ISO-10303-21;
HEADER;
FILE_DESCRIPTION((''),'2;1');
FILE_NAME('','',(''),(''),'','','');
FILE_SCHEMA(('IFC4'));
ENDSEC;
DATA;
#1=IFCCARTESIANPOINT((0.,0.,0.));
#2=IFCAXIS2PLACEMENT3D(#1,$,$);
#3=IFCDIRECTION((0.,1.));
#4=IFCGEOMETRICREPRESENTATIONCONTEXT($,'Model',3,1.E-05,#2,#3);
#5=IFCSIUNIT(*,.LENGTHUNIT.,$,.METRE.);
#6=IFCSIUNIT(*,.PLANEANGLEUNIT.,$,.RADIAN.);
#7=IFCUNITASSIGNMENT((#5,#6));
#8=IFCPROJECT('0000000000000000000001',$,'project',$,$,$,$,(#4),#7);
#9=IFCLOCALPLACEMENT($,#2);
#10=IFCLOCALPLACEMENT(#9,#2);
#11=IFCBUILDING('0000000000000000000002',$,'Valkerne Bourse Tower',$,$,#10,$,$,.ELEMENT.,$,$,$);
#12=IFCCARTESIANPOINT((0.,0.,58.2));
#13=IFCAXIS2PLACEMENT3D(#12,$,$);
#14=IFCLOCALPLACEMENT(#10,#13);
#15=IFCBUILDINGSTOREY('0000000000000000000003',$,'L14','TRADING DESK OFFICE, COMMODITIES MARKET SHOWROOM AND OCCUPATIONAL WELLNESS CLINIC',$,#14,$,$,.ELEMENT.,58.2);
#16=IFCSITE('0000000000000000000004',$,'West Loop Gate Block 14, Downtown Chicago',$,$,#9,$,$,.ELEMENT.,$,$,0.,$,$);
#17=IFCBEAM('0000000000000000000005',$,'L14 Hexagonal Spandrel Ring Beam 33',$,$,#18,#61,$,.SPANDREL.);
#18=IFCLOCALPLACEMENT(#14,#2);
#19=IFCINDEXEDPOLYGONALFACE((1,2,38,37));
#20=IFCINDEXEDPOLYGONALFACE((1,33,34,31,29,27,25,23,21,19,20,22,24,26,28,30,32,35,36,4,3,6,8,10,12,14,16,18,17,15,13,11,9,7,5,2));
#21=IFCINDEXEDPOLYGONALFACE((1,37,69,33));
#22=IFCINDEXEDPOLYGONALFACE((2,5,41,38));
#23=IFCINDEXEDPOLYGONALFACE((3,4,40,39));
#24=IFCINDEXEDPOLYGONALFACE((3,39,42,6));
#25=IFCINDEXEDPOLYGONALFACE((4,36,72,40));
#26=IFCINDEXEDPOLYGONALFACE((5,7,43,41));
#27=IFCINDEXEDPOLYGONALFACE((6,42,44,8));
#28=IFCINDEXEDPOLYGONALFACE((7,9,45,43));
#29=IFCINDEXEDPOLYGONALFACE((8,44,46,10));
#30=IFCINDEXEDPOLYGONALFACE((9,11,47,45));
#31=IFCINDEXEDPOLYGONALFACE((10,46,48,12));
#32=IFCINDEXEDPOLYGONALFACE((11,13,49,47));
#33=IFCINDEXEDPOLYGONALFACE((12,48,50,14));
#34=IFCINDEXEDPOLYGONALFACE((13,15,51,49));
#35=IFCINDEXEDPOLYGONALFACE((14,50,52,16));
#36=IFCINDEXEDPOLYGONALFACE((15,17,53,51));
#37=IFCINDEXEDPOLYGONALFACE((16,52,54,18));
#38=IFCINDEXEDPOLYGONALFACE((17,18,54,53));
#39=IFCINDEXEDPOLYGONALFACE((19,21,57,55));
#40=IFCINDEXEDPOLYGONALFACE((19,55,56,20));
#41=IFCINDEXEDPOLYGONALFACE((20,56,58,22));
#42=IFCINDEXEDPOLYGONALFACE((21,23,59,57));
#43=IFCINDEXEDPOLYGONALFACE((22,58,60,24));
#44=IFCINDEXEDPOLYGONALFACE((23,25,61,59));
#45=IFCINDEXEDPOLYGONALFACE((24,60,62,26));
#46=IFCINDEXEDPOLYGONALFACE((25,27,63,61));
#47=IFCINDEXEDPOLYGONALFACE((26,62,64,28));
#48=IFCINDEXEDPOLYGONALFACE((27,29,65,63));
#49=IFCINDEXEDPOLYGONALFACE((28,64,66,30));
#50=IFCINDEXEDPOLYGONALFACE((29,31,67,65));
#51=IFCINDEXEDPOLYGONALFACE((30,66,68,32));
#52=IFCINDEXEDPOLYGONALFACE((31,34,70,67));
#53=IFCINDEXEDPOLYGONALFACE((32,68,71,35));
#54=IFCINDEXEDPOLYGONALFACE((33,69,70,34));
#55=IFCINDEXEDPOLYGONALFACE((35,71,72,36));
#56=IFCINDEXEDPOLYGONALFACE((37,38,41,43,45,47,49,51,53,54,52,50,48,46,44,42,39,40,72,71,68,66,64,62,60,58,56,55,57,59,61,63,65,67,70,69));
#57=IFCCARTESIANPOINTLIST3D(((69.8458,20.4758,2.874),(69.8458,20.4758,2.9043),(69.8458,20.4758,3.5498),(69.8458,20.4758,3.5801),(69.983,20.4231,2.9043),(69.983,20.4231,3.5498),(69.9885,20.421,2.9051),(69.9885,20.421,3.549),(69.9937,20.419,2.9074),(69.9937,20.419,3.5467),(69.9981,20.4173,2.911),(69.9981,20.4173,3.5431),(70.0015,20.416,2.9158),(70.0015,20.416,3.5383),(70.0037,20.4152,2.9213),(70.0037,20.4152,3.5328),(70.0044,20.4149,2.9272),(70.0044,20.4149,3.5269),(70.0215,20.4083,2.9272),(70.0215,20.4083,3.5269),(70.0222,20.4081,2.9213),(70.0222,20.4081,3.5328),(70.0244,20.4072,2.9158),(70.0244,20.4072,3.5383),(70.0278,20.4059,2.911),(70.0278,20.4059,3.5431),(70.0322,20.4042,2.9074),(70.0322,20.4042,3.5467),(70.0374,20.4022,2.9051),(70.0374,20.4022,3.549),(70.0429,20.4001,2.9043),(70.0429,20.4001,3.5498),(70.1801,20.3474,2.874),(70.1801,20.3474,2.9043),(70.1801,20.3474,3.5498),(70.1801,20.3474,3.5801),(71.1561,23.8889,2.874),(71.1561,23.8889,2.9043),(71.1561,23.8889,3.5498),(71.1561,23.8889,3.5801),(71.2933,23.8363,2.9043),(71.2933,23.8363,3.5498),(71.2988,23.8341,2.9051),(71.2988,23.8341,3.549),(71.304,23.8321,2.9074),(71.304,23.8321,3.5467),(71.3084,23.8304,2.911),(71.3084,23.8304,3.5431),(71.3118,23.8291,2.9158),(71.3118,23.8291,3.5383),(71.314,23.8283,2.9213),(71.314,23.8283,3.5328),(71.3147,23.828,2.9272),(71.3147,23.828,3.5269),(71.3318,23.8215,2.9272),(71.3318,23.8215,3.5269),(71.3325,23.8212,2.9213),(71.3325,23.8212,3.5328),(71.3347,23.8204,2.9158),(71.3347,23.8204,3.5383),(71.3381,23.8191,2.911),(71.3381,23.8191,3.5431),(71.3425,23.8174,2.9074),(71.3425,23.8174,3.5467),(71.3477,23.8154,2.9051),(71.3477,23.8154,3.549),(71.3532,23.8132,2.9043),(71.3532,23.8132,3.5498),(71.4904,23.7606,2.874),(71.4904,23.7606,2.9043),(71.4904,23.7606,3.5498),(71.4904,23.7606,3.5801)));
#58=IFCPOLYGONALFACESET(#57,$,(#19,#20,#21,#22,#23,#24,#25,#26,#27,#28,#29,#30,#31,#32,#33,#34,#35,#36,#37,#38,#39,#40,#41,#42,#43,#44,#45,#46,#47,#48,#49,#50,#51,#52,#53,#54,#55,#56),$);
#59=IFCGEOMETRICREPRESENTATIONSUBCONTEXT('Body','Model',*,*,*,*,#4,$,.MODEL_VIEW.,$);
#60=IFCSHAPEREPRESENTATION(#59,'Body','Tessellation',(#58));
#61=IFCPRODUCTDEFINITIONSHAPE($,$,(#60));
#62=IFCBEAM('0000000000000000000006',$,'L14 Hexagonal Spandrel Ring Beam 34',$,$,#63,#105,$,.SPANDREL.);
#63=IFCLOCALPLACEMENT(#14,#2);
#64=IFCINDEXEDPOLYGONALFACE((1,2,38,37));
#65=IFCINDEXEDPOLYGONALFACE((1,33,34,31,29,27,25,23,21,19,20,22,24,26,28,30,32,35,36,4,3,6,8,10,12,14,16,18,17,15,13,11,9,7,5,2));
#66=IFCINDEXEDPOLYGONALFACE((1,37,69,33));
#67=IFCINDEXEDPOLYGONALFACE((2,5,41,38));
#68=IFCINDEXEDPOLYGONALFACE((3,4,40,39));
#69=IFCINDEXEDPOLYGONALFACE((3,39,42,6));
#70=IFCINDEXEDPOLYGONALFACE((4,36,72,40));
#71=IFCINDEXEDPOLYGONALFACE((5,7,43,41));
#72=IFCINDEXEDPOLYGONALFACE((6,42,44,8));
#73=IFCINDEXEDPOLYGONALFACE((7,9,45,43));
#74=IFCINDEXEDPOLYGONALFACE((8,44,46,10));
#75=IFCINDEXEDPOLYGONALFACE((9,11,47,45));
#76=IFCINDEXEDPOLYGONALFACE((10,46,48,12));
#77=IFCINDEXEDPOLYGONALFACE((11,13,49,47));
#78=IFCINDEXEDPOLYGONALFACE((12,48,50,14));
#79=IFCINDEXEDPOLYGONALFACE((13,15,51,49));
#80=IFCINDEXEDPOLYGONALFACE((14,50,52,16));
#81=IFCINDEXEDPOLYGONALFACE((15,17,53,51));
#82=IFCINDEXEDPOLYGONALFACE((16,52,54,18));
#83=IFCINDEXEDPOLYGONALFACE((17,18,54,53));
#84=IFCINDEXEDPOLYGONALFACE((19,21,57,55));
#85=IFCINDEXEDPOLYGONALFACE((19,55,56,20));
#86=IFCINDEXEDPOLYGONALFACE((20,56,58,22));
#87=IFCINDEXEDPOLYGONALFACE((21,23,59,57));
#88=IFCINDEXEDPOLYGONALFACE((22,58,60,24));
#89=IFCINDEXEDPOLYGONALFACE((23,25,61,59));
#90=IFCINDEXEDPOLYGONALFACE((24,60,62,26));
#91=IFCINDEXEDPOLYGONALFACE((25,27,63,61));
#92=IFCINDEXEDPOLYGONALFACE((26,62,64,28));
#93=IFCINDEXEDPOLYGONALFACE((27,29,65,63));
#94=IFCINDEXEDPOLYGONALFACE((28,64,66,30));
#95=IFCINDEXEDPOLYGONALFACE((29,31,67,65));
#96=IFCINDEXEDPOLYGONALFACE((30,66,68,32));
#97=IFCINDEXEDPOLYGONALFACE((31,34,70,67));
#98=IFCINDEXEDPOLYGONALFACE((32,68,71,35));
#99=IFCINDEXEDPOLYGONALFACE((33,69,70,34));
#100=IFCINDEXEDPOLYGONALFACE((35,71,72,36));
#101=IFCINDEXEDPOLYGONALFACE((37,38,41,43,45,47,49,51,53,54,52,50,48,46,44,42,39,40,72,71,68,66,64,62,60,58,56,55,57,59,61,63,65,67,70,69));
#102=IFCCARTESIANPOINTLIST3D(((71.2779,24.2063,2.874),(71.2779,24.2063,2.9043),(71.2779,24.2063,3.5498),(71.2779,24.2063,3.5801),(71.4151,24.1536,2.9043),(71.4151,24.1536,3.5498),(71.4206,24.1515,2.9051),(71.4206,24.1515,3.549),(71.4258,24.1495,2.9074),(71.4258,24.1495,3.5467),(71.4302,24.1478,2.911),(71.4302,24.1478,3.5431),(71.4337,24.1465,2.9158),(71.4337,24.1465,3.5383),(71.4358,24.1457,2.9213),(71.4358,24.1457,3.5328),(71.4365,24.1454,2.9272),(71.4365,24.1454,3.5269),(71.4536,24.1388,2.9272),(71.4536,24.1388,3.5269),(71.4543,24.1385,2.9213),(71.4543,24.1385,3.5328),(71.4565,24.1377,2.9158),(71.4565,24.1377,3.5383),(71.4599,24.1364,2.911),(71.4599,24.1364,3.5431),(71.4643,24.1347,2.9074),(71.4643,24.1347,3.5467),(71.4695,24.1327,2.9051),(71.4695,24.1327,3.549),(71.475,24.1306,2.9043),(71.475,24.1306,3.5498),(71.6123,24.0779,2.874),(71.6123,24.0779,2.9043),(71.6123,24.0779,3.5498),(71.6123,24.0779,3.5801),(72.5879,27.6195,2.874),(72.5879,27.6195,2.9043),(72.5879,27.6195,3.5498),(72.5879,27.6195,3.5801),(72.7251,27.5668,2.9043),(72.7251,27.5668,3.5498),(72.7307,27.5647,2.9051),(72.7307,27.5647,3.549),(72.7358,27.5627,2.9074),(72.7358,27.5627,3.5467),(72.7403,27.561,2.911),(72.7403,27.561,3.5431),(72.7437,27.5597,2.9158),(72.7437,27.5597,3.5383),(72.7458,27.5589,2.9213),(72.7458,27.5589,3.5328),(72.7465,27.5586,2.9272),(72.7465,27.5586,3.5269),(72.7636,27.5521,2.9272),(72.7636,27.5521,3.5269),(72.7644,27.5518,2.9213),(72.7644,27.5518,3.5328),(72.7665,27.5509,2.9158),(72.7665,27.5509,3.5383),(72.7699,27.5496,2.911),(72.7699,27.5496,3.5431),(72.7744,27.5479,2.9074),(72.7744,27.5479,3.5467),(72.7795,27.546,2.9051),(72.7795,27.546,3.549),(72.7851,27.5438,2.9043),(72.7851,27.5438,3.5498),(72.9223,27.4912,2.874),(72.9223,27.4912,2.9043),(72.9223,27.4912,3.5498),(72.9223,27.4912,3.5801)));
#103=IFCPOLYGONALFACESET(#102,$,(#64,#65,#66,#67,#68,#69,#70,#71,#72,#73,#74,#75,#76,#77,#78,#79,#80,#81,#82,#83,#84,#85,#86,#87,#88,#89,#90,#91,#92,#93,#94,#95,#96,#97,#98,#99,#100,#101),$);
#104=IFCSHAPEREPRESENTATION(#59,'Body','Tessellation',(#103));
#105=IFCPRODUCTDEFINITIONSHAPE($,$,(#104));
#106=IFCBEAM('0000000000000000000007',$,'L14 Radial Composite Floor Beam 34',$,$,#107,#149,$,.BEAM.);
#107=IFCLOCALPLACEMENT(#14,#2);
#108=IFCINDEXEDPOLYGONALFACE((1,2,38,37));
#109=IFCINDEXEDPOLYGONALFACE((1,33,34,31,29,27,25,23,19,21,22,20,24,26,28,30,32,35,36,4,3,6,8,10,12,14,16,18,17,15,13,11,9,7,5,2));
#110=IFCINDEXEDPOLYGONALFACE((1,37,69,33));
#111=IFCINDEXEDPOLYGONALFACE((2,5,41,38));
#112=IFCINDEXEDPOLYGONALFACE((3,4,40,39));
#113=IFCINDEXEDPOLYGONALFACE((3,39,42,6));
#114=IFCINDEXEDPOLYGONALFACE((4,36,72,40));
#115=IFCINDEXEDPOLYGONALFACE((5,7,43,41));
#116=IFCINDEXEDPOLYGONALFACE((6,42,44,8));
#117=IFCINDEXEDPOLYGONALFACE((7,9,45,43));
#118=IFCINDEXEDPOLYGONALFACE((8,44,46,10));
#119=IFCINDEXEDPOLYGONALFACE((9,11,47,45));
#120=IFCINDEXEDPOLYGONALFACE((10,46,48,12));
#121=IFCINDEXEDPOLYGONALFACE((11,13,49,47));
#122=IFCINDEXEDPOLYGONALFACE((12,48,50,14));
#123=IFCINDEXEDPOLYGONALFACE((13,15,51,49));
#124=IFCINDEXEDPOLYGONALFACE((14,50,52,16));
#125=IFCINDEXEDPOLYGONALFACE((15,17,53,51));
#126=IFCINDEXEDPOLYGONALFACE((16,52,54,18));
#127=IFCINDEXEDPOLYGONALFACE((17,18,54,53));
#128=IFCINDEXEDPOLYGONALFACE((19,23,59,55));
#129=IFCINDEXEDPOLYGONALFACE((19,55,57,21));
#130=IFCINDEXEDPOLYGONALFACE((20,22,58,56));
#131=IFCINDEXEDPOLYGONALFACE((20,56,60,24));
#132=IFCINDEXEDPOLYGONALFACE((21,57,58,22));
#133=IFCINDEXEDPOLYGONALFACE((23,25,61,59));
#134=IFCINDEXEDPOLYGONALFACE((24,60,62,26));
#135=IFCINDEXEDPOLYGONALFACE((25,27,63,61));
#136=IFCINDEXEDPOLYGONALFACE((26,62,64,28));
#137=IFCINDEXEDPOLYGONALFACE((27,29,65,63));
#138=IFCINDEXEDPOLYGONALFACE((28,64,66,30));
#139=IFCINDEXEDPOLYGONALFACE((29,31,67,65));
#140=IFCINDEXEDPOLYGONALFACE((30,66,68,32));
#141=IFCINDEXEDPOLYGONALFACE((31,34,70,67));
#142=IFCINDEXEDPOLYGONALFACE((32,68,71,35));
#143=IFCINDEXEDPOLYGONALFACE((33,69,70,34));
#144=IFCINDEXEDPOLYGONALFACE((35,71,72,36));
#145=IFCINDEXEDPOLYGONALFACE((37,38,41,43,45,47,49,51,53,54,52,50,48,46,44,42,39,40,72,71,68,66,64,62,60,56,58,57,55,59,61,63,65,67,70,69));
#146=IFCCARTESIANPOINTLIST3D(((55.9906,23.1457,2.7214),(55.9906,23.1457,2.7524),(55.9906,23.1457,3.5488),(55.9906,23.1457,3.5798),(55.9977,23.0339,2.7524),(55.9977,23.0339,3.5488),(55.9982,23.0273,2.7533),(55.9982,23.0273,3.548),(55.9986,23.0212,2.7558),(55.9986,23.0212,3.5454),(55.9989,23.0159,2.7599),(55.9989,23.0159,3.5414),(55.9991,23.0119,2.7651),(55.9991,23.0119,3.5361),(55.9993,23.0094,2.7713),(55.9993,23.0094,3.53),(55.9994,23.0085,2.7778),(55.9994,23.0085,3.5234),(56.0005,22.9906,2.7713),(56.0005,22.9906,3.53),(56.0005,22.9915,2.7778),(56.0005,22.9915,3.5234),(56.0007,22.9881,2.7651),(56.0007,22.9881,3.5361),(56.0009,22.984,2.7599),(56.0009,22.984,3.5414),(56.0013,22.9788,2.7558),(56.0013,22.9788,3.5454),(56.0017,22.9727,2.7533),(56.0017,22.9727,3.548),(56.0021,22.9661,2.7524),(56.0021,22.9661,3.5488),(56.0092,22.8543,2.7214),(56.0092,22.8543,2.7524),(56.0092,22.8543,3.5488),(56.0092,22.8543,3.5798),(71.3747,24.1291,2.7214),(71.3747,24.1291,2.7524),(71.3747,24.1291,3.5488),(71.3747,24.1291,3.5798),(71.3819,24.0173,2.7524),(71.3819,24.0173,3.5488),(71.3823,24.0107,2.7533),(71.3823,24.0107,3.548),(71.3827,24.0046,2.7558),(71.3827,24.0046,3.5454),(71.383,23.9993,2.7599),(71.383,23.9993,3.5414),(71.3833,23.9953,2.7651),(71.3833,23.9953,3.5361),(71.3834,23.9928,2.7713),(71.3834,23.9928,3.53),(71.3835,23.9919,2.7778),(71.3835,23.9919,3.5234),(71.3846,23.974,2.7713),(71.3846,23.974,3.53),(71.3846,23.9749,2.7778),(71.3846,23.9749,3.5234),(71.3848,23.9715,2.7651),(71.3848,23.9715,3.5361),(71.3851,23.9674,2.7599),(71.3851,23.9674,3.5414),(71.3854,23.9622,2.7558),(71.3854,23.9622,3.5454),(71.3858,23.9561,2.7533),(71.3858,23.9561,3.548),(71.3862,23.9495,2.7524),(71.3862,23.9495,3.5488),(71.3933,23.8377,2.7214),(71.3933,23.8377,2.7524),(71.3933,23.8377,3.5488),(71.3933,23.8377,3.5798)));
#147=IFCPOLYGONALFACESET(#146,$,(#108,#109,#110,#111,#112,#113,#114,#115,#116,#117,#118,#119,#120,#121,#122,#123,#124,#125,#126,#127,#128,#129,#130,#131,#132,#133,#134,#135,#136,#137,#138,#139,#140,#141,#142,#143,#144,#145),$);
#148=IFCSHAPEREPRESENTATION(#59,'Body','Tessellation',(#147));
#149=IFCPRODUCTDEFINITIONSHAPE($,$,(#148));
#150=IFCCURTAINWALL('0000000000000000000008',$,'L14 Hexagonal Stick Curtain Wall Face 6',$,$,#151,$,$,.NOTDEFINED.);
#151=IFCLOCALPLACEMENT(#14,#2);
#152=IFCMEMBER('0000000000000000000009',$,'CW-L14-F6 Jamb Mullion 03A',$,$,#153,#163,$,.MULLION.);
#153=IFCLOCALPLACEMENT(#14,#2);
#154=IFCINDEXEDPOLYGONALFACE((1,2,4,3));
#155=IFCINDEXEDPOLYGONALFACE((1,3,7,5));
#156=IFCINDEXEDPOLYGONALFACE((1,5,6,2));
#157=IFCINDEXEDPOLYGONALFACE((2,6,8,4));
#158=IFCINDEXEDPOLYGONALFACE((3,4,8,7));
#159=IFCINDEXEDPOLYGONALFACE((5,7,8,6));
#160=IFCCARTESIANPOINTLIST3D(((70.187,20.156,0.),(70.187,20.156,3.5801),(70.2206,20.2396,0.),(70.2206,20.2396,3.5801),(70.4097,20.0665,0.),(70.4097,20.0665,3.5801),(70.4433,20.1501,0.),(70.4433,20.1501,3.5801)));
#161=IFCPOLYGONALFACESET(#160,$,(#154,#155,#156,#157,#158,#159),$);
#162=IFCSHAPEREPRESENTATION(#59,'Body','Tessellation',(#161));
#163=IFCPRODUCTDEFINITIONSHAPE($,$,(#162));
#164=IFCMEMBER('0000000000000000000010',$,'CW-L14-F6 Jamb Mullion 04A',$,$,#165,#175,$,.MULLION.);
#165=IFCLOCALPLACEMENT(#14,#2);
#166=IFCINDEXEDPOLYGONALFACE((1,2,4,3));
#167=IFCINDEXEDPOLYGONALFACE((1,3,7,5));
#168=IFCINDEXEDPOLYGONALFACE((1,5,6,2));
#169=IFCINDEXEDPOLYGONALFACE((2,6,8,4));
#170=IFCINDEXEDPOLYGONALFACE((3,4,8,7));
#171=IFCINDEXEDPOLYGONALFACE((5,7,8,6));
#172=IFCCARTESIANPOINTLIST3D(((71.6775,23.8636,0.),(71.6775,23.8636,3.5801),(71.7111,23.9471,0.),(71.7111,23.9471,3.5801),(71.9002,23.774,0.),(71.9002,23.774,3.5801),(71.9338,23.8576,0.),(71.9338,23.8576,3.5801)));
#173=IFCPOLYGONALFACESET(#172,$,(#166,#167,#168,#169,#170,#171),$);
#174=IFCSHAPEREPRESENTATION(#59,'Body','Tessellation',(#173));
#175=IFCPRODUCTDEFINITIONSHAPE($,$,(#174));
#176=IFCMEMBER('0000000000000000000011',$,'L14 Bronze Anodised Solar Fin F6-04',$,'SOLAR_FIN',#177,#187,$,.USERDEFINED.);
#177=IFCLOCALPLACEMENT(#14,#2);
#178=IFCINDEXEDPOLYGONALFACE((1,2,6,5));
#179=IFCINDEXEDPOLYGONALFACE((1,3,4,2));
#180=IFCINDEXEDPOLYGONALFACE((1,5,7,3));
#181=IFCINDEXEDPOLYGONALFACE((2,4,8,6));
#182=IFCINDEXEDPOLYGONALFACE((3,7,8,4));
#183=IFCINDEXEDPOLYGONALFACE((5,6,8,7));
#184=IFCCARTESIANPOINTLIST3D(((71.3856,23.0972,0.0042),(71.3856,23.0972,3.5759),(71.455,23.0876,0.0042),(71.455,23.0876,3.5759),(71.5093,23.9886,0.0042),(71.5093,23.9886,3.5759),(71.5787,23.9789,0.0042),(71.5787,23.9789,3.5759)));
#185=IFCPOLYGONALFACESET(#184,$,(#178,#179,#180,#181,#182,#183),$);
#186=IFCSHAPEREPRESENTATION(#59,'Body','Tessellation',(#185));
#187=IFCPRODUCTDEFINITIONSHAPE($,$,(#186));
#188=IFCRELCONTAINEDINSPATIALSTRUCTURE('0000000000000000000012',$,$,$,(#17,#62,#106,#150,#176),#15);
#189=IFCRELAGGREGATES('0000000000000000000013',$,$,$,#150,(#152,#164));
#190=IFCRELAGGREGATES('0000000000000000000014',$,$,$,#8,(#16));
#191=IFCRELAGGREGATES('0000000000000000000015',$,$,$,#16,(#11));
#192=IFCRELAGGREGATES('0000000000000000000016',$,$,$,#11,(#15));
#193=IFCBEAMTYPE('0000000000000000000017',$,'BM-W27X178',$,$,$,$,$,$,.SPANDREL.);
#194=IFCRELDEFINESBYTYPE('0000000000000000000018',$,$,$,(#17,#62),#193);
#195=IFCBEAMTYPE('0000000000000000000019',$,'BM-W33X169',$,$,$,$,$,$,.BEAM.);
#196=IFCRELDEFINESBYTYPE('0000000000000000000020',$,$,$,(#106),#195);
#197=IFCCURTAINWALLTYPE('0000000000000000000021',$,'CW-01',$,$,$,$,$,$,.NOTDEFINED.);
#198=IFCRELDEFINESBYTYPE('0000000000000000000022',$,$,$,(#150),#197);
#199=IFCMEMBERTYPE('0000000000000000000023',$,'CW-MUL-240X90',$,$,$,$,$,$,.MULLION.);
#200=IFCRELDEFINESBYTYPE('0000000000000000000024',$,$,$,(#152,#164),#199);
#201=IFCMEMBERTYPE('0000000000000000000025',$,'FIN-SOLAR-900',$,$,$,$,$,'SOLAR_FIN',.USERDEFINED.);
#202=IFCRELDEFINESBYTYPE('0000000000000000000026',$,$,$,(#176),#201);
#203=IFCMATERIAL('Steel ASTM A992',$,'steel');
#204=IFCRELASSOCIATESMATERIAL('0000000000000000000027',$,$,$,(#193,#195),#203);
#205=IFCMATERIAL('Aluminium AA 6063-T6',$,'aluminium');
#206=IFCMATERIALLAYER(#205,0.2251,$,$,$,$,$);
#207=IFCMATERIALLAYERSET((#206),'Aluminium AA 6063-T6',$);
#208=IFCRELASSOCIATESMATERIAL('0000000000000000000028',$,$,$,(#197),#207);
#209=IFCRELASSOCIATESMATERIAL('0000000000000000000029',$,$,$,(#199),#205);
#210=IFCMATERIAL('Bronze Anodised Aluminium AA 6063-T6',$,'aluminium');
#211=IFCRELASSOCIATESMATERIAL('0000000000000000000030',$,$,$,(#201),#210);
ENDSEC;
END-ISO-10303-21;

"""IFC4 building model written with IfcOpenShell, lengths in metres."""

from ifc_helpers import new_model, si_unit, direction, frame, origin, origin_2d, place, context, subcontext, project, spatial, rectangle, i_section, extrude, material, layer, layer_set, material_profile, profile_set, type_object, element, aggregate, save


model = new_model("IFC4")

# Units and contexts
model_context = context("Model", 3, precision=1e-05, world=origin(), true_north=direction((0.0, 1.0)))
body_context = subcontext(model_context, "Body", "Model", "MODEL_VIEW")
ifc_project = project(units=[si_unit("LENGTHUNIT", "METRE"), si_unit("PLANEANGLEUNIT", "RADIAN")], contexts=[model_context])

# Site, building, storey
site_placement = place(None, origin())
site = spatial("IfcSite", under=ifc_project, at=site_placement, Name="West Loop Gate Block 14, Downtown Chicago", CompositionType="ELEMENT", RefElevation=0.0)
building_placement = place(site_placement, origin())
building = spatial("IfcBuilding", under=site, at=building_placement, Name="Valkerne Bourse Tower", CompositionType="ELEMENT")
storey_placement = place(building_placement, frame((0.0, 0.0, 58.2)))
storey = spatial("IfcBuildingStorey", under=building, at=storey_placement, Name="L14", Description="TRADING DESK OFFICE, COMMODITIES MARKET SHOWROOM AND OCCUPATIONAL WELLNESS CLINIC", CompositionType="ELEMENT", Elevation=58.2)

# Beams
ifc_material_1 = material(Name="Steel ASTM A992", Category="steel")
ifc_material_profile_1 = material_profile(ifc_material_1, i_section(OverallWidth=0.3582, OverallDepth=0.7061, WebThickness=0.0183, FlangeThickness=0.0303, FilletRadius=0.0229, at=origin_2d()), Name="W27X178")
ifc_profile_set_1 = profile_set([ifc_material_profile_1], Name="Steel ASTM A992")
beam_type_1 = type_object("IfcBeamType", Name="BM-W27X178", PredefinedType="SPANDREL", material=ifc_profile_set_1)
for number, where, z_axis, x_axis, name in (
    (1, (70.0129, 20.4116, 3.2271), (0.358402, 0.933567, 0.0), (-0.933567, 0.358402, 0.0), "L14 Hexagonal Spandrel Ring Beam 33"),
    (2, (71.4451, 24.1421, 3.2271), (0.358321, 0.933598, 0.0), (-0.933598, 0.358321, 0.0), "L14 Hexagonal Spandrel Ring Beam 34"),
):
    element("IfcBeam", number, at=place(storey_placement, frame(where, z_axis=z_axis, x_axis=x_axis)), inside=storey, type_object=beam_type_1, Name=name, PredefinedType="SPANDREL", context=body_context, shape_type="SweptSolid", body=[
        extrude(i_section(OverallWidth=0.3582, OverallDepth=0.7061, WebThickness=0.0183, FlangeThickness=0.0303, FilletRadius=0.0229, at=origin_2d()), origin(), (0.0, 0.0, 1.0), 3.656),
    ])
ifc_material_profile_2 = material_profile(ifc_material_1, i_section(OverallWidth=0.292, OverallDepth=0.8584, WebThickness=0.0171, FlangeThickness=0.031, FilletRadius=0.0254, at=origin_2d()), Name="W33X169")
ifc_profile_set_2 = profile_set([ifc_material_profile_2], Name="Steel ASTM A992")
beam_type_2 = type_object("IfcBeamType", Name="BM-W33X169", PredefinedType="BEAM", material=ifc_profile_set_2)
beam_1_placement = place(storey_placement, frame((71.384, 23.9834, 3.1506), z_axis=(-0.997963, -0.063793, 0.0), x_axis=(0.063793, -0.997963, 0.0)))
element("IfcBeam", 3, at=beam_1_placement, inside=storey, type_object=beam_type_2, Name="L14 Radial Composite Floor Beam 34", PredefinedType="BEAM", context=body_context, shape_type="SweptSolid", body=[
    extrude(i_section(OverallWidth=0.292, OverallDepth=0.8584, WebThickness=0.0171, FlangeThickness=0.031, FilletRadius=0.0254, at=origin_2d()), origin(), (0.0, 0.0, 1.0), 15.4155),
])

# Curtain wall, members
ifc_material_2 = material(Name="Aluminium AA 6063-T6", Category="aluminium")
ifc_layer_1 = layer(ifc_material_2, 0.2251)
ifc_layer_set_1 = layer_set([ifc_layer_1], Name="Aluminium AA 6063-T6")
curtain_wall_type = type_object("IfcCurtainWallType", Name="CW-01", PredefinedType="NOTDEFINED", material=ifc_layer_set_1)
curtain_wall_placement = place(storey_placement, origin())
curtain_wall = element("IfcCurtainWall", 4, at=curtain_wall_placement, inside=storey, type_object=curtain_wall_type, Name="L14 Hexagonal Stick Curtain Wall Face 6", PredefinedType="NOTDEFINED")
ifc_material_profile_3 = material_profile(ifc_material_2, rectangle(XDim=0.0901, YDim=0.24, at=origin_2d()), Name="CWM-90X240")
ifc_profile_set_3 = profile_set([ifc_material_profile_3], Name="Aluminium AA 6063-T6")
member_type_1 = type_object("IfcMemberType", Name="CW-MUL-240X90", PredefinedType="MULLION", material=ifc_profile_set_3)
member_1_placement = place(storey_placement, frame((70.3152, 20.1531, 0.0), z_axis=(0.0, 0.0, 1.0), x_axis=(0.372978, 0.92784, 0.0)))
member_1 = element("IfcMember", 5, at=member_1_placement, type_object=member_type_1, Name="CW-L14-F6 Jamb Mullion 03A", PredefinedType="MULLION", context=body_context, shape_type="SweptSolid", body=[
    extrude(rectangle(XDim=0.0901, YDim=0.24, at=origin_2d()), origin(), (0.0, 0.0, 1.0), 3.5801),
])
member_2_placement = place(storey_placement, frame((71.8057, 23.8606, 0.0), z_axis=(0.0, 0.0, 1.0), x_axis=(0.372991, 0.927835, 0.0)))
member_2 = element("IfcMember", 6, at=member_2_placement, type_object=member_type_1, Name="CW-L14-F6 Jamb Mullion 04A", PredefinedType="MULLION", context=body_context, shape_type="SweptSolid", body=[
    extrude(rectangle(XDim=0.0901, YDim=0.24, at=origin_2d()), origin(), (0.0, 0.0, 1.0), 3.5801),
])

# Member
ifc_material_3 = material(Name="Bronze Anodised Aluminium AA 6063-T6", Category="aluminium")
ifc_material_profile_4 = material_profile(ifc_material_3, rectangle(XDim=0.0701, YDim=0.8999, at=origin_2d()), Name="FIN-70X900")
ifc_profile_set_4 = profile_set([ifc_material_profile_4], Name="Bronze Anodised Aluminium AA 6063-T6")
member_type_2 = type_object("IfcMemberType", Name="FIN-SOLAR-900", ElementType="SOLAR_FIN", PredefinedType="USERDEFINED", material=ifc_profile_set_4)
member_3_placement = place(storey_placement, frame((71.4822, 23.5381, 0.0042), z_axis=(0.0, 0.0, 1.0), x_axis=(0.990505, -0.137478, 0.0)))
element("IfcMember", 7, at=member_3_placement, inside=storey, type_object=member_type_2, Name="L14 Bronze Anodised Solar Fin F6-04", ObjectType="SOLAR_FIN", PredefinedType="USERDEFINED", context=body_context, shape_type="SweptSolid", body=[
    extrude(rectangle(XDim=0.0701, YDim=0.8999, at=origin_2d()), origin(), (0.0, 0.0, 1.0), 3.5718),
])

aggregate(curtain_wall, [member_1, member_2])

save(model, "model.ifc")
